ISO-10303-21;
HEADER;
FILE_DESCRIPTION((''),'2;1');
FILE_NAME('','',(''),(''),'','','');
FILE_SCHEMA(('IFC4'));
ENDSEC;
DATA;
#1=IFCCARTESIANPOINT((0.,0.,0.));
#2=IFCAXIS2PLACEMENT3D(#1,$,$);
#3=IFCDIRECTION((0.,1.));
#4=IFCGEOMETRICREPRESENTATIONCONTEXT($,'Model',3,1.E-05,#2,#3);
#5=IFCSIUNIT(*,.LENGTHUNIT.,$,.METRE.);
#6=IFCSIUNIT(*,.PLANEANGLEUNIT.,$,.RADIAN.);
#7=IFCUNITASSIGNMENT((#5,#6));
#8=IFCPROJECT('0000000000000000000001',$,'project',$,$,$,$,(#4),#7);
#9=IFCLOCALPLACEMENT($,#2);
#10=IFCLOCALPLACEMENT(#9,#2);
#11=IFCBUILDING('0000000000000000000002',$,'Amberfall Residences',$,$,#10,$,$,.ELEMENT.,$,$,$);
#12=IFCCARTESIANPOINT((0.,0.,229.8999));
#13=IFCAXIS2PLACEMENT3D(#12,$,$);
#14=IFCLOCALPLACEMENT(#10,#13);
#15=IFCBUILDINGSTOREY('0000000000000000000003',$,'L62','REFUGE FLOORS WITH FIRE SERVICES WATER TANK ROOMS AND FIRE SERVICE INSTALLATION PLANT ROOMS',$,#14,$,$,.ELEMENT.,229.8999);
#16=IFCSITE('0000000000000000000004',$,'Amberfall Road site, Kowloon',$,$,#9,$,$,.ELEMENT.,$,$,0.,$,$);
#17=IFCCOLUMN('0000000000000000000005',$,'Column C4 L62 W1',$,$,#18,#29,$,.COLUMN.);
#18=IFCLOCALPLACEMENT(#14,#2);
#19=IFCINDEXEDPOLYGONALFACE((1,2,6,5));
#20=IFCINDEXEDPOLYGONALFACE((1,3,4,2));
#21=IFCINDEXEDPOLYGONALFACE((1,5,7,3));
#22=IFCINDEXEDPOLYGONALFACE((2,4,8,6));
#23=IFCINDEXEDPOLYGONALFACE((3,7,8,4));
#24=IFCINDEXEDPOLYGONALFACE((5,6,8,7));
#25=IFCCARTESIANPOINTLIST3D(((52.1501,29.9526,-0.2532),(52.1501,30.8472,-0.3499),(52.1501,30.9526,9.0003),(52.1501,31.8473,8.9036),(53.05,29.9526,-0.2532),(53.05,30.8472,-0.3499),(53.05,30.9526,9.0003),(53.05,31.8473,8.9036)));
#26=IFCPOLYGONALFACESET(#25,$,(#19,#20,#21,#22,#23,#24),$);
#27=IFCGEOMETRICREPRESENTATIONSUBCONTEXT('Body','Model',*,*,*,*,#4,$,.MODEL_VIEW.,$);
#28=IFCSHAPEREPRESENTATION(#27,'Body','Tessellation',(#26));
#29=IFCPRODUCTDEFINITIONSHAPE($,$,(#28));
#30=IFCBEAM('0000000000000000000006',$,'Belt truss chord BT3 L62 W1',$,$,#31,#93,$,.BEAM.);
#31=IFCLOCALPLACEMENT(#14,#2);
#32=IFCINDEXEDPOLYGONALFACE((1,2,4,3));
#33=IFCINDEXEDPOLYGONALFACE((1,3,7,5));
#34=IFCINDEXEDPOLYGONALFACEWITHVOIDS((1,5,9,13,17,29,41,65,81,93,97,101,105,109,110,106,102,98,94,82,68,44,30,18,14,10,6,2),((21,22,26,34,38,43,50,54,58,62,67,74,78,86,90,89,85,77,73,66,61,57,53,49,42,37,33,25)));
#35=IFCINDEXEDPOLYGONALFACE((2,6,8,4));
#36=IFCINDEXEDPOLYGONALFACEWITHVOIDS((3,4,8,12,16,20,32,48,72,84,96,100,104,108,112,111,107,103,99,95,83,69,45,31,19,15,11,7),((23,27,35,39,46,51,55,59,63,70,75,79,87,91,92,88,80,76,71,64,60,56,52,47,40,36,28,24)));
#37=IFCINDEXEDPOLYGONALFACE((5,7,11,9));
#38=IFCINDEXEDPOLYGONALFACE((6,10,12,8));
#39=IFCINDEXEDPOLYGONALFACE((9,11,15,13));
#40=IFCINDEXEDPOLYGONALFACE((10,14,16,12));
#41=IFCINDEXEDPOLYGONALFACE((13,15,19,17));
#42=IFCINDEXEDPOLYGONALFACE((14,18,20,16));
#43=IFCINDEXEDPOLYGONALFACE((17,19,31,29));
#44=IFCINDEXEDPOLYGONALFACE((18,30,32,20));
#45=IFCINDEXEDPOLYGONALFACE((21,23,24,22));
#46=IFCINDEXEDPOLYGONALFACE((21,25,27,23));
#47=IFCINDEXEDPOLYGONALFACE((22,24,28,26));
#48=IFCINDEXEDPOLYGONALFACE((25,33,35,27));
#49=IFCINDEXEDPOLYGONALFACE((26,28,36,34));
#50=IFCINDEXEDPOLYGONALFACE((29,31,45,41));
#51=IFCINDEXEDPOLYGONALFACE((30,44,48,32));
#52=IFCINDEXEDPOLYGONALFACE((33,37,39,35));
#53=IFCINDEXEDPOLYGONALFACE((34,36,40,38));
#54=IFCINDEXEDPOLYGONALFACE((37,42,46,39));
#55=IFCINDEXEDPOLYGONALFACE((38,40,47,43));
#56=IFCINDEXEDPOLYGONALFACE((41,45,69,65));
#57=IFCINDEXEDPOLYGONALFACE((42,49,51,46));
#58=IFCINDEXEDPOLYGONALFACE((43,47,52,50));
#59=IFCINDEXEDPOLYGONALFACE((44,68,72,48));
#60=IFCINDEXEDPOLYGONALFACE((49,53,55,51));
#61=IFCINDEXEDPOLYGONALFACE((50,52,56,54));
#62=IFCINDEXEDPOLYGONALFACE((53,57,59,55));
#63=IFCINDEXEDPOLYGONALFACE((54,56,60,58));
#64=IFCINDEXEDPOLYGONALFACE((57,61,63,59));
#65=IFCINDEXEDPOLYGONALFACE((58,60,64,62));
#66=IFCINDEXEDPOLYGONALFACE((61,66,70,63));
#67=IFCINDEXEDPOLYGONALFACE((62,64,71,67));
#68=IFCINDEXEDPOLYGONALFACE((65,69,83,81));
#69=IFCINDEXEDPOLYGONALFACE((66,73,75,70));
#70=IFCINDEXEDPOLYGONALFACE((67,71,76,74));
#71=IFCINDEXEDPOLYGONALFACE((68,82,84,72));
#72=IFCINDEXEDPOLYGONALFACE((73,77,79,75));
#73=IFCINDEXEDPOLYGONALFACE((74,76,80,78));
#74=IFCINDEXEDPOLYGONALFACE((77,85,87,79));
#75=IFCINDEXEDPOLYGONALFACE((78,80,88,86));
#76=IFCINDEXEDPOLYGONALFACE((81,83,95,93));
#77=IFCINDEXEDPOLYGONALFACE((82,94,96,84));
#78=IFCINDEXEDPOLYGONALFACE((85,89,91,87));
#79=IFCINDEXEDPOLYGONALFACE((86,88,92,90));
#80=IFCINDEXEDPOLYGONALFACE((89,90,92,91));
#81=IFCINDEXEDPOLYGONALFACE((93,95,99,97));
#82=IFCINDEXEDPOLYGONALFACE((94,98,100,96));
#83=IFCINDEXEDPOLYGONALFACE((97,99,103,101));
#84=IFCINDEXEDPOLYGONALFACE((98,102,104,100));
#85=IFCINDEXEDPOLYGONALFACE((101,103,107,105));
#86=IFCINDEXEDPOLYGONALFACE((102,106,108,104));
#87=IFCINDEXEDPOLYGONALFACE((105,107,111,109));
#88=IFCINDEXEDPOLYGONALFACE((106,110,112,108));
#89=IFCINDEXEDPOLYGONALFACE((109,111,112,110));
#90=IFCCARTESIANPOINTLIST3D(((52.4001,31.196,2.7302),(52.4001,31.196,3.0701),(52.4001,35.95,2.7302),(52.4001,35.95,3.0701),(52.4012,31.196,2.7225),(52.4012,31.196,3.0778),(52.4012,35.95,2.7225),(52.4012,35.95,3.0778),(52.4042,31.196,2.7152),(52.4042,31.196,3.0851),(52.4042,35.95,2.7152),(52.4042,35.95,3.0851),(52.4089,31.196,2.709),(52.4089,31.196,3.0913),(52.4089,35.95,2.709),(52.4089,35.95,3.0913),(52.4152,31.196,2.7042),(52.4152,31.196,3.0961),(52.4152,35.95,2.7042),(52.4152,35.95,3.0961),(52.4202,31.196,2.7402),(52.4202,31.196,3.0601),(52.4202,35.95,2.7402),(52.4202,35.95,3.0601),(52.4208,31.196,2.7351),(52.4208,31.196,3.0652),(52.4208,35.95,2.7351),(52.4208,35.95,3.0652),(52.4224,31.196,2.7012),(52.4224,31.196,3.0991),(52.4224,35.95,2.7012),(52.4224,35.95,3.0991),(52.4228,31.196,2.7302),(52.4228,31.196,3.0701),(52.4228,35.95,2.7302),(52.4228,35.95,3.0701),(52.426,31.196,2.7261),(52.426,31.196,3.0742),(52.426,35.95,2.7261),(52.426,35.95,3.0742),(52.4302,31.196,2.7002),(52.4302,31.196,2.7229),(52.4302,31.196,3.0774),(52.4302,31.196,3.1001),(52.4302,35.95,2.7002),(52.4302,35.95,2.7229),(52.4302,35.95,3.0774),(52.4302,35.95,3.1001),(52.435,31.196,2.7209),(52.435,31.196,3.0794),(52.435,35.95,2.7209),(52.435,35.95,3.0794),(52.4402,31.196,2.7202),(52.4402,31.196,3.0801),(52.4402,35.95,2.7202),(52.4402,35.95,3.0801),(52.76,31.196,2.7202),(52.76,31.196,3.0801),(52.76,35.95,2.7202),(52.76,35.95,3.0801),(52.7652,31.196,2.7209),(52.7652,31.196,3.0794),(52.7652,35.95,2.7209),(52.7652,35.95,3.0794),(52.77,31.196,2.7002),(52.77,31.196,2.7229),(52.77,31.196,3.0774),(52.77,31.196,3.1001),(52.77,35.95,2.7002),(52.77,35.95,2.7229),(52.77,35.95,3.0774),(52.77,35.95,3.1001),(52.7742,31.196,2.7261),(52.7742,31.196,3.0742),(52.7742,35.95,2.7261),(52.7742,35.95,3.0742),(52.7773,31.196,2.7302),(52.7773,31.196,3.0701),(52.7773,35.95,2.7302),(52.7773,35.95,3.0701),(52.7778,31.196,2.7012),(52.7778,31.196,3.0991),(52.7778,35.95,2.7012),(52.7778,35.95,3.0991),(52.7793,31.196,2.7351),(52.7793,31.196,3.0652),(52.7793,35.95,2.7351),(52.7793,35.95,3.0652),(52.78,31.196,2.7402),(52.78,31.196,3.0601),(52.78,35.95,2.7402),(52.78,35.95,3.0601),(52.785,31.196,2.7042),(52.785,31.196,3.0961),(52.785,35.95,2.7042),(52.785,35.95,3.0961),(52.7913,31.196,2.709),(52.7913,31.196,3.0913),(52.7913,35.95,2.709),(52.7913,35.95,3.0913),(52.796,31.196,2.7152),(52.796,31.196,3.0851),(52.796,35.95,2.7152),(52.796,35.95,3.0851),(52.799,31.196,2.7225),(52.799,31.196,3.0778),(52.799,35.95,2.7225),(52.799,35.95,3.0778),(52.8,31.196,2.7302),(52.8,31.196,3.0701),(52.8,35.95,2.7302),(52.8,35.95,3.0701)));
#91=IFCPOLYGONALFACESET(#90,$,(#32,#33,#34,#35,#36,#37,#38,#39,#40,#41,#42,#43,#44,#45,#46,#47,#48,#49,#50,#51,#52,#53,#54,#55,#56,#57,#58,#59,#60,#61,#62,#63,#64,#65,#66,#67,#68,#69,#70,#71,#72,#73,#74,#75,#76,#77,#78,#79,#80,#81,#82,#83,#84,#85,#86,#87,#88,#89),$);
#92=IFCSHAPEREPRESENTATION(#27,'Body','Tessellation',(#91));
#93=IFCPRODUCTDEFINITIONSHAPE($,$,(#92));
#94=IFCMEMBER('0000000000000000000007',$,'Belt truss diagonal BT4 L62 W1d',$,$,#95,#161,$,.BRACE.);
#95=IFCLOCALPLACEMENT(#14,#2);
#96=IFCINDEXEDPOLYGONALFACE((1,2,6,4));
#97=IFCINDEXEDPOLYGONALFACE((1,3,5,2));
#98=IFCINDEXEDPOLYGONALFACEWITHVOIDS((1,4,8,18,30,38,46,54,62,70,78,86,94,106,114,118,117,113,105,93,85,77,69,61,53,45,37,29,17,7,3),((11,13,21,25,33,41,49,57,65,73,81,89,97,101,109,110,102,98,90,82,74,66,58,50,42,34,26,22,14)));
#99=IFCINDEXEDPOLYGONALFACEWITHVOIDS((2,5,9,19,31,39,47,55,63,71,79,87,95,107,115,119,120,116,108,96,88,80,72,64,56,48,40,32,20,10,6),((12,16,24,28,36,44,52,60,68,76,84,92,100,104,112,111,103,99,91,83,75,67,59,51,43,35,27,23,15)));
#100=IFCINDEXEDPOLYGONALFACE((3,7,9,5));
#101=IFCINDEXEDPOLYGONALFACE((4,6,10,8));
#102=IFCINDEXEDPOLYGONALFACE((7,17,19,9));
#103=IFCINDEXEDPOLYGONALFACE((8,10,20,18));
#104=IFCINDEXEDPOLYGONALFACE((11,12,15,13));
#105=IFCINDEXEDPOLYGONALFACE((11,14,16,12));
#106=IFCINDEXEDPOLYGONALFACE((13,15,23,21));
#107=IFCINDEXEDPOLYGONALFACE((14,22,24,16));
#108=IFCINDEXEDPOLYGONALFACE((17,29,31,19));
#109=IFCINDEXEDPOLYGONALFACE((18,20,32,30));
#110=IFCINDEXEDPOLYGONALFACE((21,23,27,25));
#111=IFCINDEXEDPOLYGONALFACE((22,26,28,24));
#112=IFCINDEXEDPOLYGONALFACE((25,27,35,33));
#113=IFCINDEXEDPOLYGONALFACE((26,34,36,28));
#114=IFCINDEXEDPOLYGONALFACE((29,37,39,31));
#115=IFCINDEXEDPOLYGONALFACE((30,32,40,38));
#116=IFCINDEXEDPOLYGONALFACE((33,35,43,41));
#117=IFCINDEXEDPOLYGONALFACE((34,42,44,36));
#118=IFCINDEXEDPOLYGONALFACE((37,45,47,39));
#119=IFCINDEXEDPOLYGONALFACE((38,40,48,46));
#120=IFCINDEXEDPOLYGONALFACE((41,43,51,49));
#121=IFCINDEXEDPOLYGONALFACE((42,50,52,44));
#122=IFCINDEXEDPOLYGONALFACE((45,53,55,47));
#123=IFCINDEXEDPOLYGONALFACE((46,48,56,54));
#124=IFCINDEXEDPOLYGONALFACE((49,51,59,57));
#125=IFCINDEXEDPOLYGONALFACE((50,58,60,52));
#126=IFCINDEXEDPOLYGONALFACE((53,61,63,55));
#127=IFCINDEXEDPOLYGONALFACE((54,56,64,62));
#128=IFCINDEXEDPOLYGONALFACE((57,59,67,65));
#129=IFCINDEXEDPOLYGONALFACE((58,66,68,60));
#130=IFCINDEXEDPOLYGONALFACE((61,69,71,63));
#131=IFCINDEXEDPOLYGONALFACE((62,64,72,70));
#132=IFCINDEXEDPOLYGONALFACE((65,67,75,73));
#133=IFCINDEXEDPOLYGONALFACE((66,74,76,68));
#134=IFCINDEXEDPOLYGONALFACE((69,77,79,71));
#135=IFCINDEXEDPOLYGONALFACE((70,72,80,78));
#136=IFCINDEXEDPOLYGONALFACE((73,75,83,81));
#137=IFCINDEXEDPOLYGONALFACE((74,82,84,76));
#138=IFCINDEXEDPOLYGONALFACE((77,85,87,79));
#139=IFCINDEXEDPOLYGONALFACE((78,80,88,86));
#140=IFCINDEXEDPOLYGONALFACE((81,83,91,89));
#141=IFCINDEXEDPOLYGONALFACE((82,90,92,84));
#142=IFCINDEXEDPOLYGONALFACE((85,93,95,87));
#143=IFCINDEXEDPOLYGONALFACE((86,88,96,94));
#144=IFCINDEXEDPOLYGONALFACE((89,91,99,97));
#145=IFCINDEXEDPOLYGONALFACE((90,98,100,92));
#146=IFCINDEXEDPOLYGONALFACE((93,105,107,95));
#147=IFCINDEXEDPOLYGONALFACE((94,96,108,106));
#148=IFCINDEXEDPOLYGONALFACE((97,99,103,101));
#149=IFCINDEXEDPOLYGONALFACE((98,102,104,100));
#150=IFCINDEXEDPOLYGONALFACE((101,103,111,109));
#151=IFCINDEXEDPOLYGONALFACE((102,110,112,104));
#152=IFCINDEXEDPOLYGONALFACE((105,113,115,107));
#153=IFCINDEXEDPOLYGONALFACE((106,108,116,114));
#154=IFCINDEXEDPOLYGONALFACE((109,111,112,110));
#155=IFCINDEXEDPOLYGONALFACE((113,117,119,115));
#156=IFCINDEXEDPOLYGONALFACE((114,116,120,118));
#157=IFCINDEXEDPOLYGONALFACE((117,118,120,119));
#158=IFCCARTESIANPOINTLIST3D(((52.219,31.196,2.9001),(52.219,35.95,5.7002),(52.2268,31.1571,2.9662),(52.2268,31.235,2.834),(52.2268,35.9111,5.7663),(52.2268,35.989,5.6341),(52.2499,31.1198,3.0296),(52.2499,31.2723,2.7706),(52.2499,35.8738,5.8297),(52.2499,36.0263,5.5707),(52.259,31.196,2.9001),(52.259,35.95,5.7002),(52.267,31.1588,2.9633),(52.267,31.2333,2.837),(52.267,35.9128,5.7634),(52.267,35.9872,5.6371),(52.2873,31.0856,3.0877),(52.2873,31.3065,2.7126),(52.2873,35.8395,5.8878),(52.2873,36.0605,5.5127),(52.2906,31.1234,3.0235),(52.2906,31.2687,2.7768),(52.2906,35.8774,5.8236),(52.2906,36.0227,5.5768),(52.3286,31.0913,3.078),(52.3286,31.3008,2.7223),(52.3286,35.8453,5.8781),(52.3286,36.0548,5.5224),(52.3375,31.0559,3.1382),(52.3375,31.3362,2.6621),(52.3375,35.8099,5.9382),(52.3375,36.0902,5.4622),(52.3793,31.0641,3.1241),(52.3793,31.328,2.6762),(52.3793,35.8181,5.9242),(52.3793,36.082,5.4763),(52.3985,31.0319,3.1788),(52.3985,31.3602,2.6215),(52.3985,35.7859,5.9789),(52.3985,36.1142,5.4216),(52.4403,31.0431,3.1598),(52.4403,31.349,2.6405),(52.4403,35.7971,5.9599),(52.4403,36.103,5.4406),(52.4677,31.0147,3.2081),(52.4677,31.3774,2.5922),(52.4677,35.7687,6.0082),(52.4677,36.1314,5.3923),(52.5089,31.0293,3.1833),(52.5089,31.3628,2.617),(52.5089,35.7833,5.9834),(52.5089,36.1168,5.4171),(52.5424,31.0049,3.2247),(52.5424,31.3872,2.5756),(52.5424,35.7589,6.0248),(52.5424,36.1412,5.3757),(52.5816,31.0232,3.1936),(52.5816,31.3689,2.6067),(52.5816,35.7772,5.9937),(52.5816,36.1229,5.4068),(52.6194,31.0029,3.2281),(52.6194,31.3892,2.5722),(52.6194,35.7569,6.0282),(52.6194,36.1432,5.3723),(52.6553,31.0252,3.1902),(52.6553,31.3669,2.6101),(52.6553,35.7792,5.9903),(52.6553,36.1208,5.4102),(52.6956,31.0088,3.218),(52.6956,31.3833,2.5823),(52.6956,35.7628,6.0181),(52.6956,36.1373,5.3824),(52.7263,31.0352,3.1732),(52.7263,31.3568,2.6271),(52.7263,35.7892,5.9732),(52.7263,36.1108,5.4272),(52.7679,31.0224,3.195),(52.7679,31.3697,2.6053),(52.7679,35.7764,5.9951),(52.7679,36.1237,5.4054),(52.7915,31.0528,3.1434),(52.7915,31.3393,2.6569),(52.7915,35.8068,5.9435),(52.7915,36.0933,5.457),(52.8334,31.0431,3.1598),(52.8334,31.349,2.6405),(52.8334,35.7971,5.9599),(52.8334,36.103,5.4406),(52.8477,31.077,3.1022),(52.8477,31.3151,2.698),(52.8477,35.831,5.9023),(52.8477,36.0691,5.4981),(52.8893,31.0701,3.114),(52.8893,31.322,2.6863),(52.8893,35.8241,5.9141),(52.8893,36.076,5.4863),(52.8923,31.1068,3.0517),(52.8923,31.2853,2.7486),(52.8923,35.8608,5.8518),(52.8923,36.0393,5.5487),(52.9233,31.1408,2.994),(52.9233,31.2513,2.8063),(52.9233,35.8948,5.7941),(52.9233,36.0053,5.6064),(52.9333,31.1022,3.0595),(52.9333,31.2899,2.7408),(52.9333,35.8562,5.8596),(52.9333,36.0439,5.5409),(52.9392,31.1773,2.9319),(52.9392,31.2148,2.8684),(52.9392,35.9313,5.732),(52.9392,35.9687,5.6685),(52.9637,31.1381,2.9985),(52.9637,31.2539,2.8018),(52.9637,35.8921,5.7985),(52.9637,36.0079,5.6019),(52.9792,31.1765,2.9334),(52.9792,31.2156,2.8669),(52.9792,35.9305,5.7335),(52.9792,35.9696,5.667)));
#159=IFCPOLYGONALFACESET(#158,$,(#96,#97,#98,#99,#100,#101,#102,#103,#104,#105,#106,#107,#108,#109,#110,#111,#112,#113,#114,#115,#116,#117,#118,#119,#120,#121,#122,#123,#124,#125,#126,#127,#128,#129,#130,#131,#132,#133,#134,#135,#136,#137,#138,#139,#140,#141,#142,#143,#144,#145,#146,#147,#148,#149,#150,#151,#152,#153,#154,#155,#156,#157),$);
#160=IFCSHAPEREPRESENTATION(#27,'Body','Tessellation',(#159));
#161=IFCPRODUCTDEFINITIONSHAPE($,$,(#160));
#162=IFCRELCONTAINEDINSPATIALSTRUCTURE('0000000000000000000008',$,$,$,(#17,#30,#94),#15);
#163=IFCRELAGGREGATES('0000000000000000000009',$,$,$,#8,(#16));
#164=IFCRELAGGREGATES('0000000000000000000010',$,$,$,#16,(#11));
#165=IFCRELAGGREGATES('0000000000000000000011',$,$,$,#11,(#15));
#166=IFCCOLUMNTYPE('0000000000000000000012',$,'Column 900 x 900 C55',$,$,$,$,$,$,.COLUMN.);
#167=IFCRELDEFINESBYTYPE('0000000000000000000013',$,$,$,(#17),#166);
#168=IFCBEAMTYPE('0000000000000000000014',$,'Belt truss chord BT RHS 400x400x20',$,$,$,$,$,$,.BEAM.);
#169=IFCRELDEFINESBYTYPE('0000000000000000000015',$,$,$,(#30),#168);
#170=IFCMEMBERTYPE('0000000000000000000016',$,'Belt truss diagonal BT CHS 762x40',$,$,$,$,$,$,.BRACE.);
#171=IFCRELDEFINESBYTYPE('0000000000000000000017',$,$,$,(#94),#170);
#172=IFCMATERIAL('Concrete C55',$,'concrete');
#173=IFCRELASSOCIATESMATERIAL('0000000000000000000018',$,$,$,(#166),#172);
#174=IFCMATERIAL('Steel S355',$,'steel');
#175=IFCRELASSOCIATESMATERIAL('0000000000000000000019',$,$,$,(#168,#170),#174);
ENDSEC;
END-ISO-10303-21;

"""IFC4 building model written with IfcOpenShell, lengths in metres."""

from ifc_helpers import new_model, si_unit, direction, frame, origin, origin_2d, place, context, subcontext, project, spatial, rectangle, hollow_rectangle, hollow_circle, extrude, material, material_profile, profile_set, type_object, element, save


model = new_model("IFC4")

# Units and contexts
model_context = context("Model", 3, precision=1e-05, world=origin(), true_north=direction((0.0, 1.0)))
body_context = subcontext(model_context, "Body", "Model", "MODEL_VIEW")
ifc_project = project(units=[si_unit("LENGTHUNIT", "METRE"), si_unit("PLANEANGLEUNIT", "RADIAN")], contexts=[model_context])

# Site, building, storey
site_placement = place(None, origin())
site = spatial("IfcSite", under=ifc_project, at=site_placement, Name="Amberfall Road site, Kowloon", CompositionType="ELEMENT", RefElevation=0.0)
building_placement = place(site_placement, origin())
building = spatial("IfcBuilding", under=site, at=building_placement, Name="Amberfall Residences", CompositionType="ELEMENT")
storey_placement = place(building_placement, frame((0.0, 0.0, 229.8999)))
storey = spatial("IfcBuildingStorey", under=building, at=storey_placement, Name="L62", Description="REFUGE FLOORS WITH FIRE SERVICES WATER TANK ROOMS AND FIRE SERVICE INSTALLATION PLANT ROOMS", CompositionType="ELEMENT", Elevation=229.8999)

# Column
ifc_material_1 = material(Name="Concrete C55", Category="concrete")
ifc_material_profile_1 = material_profile(ifc_material_1, rectangle(XDim=0.8999, YDim=0.8999, at=origin_2d()), Name="Column 900 x 900 C55")
ifc_profile_set_1 = profile_set([ifc_material_profile_1], Name="Concrete C55")
column_type = type_object("IfcColumnType", Name="Column 900 x 900 C55", PredefinedType="COLUMN", material=ifc_profile_set_1)
column_placement = place(storey_placement, frame((52.6001, 30.3999, -0.3015), z_axis=(0.0, 0.107443, 0.994211), x_axis=(-1.0, 0.0, 0.0)))
element("IfcColumn", 1, at=column_placement, inside=storey, type_object=column_type, Name="Column C4 L62 W1", PredefinedType="COLUMN", context=body_context, shape_type="SweptSolid", body=[
    extrude(rectangle(XDim=0.8999, YDim=0.8999, at=origin_2d()), origin(), (0.0, 0.0, 1.0), 9.3074),
])

# Beam
ifc_material_2 = material(Name="Steel S355", Category="steel")
ifc_material_profile_2 = material_profile(ifc_material_2, hollow_rectangle(XDim=0.3999, YDim=0.3999, WallThickness=0.02, InnerFilletRadius=0.02, OuterFilletRadius=0.03, at=origin_2d()), Name="RHS 400x400x20")
ifc_profile_set_2 = profile_set([ifc_material_profile_2], Name="Steel S355")
beam_type_1 = type_object("IfcBeamType", Name="Belt truss chord BT RHS 400x400x20", PredefinedType="BEAM", material=ifc_profile_set_2)
beam_1_placement = place(storey_placement, frame((52.6001, 31.196, 2.9001), z_axis=(0.0, 1.0, 0.0), x_axis=(-1.0, 0.0, 0.0)))
element("IfcBeam", 2, at=beam_1_placement, inside=storey, type_object=beam_type_1, Name="Belt truss chord BT3 L62 W1", PredefinedType="BEAM", context=body_context, shape_type="SweptSolid", body=[
    extrude(hollow_rectangle(XDim=0.3999, YDim=0.3999, WallThickness=0.02, InnerFilletRadius=0.02, OuterFilletRadius=0.03, at=origin_2d()), origin(), (0.0, 0.0, 1.0), 4.7539),
])

# Member
ifc_material_profile_3 = material_profile(ifc_material_2, hollow_circle(Radius=0.3811, WallThickness=0.04, at=origin_2d()), Name="CHS 762x40")
ifc_profile_set_3 = profile_set([ifc_material_profile_3], Name="Steel S355")
member_type = type_object("IfcMemberType", Name="Belt truss diagonal BT CHS 762x40", PredefinedType="BRACE", material=ifc_profile_set_3)
member_placement = place(storey_placement, frame((52.6001, 31.196, 2.9001), z_axis=(0.0, 0.861646, 0.507509), x_axis=(-1.0, 0.0, 0.0)))
element("IfcMember", 3, at=member_placement, inside=storey, type_object=member_type, Name="Belt truss diagonal BT4 L62 W1d", PredefinedType="BRACE", context=body_context, shape_type="SweptSolid", body=[
    extrude(hollow_circle(Radius=0.3811, WallThickness=0.04, at=origin_2d()), origin(), (0.0, 0.0, 1.0), 5.5173),
])

save(model, "model.ifc")
